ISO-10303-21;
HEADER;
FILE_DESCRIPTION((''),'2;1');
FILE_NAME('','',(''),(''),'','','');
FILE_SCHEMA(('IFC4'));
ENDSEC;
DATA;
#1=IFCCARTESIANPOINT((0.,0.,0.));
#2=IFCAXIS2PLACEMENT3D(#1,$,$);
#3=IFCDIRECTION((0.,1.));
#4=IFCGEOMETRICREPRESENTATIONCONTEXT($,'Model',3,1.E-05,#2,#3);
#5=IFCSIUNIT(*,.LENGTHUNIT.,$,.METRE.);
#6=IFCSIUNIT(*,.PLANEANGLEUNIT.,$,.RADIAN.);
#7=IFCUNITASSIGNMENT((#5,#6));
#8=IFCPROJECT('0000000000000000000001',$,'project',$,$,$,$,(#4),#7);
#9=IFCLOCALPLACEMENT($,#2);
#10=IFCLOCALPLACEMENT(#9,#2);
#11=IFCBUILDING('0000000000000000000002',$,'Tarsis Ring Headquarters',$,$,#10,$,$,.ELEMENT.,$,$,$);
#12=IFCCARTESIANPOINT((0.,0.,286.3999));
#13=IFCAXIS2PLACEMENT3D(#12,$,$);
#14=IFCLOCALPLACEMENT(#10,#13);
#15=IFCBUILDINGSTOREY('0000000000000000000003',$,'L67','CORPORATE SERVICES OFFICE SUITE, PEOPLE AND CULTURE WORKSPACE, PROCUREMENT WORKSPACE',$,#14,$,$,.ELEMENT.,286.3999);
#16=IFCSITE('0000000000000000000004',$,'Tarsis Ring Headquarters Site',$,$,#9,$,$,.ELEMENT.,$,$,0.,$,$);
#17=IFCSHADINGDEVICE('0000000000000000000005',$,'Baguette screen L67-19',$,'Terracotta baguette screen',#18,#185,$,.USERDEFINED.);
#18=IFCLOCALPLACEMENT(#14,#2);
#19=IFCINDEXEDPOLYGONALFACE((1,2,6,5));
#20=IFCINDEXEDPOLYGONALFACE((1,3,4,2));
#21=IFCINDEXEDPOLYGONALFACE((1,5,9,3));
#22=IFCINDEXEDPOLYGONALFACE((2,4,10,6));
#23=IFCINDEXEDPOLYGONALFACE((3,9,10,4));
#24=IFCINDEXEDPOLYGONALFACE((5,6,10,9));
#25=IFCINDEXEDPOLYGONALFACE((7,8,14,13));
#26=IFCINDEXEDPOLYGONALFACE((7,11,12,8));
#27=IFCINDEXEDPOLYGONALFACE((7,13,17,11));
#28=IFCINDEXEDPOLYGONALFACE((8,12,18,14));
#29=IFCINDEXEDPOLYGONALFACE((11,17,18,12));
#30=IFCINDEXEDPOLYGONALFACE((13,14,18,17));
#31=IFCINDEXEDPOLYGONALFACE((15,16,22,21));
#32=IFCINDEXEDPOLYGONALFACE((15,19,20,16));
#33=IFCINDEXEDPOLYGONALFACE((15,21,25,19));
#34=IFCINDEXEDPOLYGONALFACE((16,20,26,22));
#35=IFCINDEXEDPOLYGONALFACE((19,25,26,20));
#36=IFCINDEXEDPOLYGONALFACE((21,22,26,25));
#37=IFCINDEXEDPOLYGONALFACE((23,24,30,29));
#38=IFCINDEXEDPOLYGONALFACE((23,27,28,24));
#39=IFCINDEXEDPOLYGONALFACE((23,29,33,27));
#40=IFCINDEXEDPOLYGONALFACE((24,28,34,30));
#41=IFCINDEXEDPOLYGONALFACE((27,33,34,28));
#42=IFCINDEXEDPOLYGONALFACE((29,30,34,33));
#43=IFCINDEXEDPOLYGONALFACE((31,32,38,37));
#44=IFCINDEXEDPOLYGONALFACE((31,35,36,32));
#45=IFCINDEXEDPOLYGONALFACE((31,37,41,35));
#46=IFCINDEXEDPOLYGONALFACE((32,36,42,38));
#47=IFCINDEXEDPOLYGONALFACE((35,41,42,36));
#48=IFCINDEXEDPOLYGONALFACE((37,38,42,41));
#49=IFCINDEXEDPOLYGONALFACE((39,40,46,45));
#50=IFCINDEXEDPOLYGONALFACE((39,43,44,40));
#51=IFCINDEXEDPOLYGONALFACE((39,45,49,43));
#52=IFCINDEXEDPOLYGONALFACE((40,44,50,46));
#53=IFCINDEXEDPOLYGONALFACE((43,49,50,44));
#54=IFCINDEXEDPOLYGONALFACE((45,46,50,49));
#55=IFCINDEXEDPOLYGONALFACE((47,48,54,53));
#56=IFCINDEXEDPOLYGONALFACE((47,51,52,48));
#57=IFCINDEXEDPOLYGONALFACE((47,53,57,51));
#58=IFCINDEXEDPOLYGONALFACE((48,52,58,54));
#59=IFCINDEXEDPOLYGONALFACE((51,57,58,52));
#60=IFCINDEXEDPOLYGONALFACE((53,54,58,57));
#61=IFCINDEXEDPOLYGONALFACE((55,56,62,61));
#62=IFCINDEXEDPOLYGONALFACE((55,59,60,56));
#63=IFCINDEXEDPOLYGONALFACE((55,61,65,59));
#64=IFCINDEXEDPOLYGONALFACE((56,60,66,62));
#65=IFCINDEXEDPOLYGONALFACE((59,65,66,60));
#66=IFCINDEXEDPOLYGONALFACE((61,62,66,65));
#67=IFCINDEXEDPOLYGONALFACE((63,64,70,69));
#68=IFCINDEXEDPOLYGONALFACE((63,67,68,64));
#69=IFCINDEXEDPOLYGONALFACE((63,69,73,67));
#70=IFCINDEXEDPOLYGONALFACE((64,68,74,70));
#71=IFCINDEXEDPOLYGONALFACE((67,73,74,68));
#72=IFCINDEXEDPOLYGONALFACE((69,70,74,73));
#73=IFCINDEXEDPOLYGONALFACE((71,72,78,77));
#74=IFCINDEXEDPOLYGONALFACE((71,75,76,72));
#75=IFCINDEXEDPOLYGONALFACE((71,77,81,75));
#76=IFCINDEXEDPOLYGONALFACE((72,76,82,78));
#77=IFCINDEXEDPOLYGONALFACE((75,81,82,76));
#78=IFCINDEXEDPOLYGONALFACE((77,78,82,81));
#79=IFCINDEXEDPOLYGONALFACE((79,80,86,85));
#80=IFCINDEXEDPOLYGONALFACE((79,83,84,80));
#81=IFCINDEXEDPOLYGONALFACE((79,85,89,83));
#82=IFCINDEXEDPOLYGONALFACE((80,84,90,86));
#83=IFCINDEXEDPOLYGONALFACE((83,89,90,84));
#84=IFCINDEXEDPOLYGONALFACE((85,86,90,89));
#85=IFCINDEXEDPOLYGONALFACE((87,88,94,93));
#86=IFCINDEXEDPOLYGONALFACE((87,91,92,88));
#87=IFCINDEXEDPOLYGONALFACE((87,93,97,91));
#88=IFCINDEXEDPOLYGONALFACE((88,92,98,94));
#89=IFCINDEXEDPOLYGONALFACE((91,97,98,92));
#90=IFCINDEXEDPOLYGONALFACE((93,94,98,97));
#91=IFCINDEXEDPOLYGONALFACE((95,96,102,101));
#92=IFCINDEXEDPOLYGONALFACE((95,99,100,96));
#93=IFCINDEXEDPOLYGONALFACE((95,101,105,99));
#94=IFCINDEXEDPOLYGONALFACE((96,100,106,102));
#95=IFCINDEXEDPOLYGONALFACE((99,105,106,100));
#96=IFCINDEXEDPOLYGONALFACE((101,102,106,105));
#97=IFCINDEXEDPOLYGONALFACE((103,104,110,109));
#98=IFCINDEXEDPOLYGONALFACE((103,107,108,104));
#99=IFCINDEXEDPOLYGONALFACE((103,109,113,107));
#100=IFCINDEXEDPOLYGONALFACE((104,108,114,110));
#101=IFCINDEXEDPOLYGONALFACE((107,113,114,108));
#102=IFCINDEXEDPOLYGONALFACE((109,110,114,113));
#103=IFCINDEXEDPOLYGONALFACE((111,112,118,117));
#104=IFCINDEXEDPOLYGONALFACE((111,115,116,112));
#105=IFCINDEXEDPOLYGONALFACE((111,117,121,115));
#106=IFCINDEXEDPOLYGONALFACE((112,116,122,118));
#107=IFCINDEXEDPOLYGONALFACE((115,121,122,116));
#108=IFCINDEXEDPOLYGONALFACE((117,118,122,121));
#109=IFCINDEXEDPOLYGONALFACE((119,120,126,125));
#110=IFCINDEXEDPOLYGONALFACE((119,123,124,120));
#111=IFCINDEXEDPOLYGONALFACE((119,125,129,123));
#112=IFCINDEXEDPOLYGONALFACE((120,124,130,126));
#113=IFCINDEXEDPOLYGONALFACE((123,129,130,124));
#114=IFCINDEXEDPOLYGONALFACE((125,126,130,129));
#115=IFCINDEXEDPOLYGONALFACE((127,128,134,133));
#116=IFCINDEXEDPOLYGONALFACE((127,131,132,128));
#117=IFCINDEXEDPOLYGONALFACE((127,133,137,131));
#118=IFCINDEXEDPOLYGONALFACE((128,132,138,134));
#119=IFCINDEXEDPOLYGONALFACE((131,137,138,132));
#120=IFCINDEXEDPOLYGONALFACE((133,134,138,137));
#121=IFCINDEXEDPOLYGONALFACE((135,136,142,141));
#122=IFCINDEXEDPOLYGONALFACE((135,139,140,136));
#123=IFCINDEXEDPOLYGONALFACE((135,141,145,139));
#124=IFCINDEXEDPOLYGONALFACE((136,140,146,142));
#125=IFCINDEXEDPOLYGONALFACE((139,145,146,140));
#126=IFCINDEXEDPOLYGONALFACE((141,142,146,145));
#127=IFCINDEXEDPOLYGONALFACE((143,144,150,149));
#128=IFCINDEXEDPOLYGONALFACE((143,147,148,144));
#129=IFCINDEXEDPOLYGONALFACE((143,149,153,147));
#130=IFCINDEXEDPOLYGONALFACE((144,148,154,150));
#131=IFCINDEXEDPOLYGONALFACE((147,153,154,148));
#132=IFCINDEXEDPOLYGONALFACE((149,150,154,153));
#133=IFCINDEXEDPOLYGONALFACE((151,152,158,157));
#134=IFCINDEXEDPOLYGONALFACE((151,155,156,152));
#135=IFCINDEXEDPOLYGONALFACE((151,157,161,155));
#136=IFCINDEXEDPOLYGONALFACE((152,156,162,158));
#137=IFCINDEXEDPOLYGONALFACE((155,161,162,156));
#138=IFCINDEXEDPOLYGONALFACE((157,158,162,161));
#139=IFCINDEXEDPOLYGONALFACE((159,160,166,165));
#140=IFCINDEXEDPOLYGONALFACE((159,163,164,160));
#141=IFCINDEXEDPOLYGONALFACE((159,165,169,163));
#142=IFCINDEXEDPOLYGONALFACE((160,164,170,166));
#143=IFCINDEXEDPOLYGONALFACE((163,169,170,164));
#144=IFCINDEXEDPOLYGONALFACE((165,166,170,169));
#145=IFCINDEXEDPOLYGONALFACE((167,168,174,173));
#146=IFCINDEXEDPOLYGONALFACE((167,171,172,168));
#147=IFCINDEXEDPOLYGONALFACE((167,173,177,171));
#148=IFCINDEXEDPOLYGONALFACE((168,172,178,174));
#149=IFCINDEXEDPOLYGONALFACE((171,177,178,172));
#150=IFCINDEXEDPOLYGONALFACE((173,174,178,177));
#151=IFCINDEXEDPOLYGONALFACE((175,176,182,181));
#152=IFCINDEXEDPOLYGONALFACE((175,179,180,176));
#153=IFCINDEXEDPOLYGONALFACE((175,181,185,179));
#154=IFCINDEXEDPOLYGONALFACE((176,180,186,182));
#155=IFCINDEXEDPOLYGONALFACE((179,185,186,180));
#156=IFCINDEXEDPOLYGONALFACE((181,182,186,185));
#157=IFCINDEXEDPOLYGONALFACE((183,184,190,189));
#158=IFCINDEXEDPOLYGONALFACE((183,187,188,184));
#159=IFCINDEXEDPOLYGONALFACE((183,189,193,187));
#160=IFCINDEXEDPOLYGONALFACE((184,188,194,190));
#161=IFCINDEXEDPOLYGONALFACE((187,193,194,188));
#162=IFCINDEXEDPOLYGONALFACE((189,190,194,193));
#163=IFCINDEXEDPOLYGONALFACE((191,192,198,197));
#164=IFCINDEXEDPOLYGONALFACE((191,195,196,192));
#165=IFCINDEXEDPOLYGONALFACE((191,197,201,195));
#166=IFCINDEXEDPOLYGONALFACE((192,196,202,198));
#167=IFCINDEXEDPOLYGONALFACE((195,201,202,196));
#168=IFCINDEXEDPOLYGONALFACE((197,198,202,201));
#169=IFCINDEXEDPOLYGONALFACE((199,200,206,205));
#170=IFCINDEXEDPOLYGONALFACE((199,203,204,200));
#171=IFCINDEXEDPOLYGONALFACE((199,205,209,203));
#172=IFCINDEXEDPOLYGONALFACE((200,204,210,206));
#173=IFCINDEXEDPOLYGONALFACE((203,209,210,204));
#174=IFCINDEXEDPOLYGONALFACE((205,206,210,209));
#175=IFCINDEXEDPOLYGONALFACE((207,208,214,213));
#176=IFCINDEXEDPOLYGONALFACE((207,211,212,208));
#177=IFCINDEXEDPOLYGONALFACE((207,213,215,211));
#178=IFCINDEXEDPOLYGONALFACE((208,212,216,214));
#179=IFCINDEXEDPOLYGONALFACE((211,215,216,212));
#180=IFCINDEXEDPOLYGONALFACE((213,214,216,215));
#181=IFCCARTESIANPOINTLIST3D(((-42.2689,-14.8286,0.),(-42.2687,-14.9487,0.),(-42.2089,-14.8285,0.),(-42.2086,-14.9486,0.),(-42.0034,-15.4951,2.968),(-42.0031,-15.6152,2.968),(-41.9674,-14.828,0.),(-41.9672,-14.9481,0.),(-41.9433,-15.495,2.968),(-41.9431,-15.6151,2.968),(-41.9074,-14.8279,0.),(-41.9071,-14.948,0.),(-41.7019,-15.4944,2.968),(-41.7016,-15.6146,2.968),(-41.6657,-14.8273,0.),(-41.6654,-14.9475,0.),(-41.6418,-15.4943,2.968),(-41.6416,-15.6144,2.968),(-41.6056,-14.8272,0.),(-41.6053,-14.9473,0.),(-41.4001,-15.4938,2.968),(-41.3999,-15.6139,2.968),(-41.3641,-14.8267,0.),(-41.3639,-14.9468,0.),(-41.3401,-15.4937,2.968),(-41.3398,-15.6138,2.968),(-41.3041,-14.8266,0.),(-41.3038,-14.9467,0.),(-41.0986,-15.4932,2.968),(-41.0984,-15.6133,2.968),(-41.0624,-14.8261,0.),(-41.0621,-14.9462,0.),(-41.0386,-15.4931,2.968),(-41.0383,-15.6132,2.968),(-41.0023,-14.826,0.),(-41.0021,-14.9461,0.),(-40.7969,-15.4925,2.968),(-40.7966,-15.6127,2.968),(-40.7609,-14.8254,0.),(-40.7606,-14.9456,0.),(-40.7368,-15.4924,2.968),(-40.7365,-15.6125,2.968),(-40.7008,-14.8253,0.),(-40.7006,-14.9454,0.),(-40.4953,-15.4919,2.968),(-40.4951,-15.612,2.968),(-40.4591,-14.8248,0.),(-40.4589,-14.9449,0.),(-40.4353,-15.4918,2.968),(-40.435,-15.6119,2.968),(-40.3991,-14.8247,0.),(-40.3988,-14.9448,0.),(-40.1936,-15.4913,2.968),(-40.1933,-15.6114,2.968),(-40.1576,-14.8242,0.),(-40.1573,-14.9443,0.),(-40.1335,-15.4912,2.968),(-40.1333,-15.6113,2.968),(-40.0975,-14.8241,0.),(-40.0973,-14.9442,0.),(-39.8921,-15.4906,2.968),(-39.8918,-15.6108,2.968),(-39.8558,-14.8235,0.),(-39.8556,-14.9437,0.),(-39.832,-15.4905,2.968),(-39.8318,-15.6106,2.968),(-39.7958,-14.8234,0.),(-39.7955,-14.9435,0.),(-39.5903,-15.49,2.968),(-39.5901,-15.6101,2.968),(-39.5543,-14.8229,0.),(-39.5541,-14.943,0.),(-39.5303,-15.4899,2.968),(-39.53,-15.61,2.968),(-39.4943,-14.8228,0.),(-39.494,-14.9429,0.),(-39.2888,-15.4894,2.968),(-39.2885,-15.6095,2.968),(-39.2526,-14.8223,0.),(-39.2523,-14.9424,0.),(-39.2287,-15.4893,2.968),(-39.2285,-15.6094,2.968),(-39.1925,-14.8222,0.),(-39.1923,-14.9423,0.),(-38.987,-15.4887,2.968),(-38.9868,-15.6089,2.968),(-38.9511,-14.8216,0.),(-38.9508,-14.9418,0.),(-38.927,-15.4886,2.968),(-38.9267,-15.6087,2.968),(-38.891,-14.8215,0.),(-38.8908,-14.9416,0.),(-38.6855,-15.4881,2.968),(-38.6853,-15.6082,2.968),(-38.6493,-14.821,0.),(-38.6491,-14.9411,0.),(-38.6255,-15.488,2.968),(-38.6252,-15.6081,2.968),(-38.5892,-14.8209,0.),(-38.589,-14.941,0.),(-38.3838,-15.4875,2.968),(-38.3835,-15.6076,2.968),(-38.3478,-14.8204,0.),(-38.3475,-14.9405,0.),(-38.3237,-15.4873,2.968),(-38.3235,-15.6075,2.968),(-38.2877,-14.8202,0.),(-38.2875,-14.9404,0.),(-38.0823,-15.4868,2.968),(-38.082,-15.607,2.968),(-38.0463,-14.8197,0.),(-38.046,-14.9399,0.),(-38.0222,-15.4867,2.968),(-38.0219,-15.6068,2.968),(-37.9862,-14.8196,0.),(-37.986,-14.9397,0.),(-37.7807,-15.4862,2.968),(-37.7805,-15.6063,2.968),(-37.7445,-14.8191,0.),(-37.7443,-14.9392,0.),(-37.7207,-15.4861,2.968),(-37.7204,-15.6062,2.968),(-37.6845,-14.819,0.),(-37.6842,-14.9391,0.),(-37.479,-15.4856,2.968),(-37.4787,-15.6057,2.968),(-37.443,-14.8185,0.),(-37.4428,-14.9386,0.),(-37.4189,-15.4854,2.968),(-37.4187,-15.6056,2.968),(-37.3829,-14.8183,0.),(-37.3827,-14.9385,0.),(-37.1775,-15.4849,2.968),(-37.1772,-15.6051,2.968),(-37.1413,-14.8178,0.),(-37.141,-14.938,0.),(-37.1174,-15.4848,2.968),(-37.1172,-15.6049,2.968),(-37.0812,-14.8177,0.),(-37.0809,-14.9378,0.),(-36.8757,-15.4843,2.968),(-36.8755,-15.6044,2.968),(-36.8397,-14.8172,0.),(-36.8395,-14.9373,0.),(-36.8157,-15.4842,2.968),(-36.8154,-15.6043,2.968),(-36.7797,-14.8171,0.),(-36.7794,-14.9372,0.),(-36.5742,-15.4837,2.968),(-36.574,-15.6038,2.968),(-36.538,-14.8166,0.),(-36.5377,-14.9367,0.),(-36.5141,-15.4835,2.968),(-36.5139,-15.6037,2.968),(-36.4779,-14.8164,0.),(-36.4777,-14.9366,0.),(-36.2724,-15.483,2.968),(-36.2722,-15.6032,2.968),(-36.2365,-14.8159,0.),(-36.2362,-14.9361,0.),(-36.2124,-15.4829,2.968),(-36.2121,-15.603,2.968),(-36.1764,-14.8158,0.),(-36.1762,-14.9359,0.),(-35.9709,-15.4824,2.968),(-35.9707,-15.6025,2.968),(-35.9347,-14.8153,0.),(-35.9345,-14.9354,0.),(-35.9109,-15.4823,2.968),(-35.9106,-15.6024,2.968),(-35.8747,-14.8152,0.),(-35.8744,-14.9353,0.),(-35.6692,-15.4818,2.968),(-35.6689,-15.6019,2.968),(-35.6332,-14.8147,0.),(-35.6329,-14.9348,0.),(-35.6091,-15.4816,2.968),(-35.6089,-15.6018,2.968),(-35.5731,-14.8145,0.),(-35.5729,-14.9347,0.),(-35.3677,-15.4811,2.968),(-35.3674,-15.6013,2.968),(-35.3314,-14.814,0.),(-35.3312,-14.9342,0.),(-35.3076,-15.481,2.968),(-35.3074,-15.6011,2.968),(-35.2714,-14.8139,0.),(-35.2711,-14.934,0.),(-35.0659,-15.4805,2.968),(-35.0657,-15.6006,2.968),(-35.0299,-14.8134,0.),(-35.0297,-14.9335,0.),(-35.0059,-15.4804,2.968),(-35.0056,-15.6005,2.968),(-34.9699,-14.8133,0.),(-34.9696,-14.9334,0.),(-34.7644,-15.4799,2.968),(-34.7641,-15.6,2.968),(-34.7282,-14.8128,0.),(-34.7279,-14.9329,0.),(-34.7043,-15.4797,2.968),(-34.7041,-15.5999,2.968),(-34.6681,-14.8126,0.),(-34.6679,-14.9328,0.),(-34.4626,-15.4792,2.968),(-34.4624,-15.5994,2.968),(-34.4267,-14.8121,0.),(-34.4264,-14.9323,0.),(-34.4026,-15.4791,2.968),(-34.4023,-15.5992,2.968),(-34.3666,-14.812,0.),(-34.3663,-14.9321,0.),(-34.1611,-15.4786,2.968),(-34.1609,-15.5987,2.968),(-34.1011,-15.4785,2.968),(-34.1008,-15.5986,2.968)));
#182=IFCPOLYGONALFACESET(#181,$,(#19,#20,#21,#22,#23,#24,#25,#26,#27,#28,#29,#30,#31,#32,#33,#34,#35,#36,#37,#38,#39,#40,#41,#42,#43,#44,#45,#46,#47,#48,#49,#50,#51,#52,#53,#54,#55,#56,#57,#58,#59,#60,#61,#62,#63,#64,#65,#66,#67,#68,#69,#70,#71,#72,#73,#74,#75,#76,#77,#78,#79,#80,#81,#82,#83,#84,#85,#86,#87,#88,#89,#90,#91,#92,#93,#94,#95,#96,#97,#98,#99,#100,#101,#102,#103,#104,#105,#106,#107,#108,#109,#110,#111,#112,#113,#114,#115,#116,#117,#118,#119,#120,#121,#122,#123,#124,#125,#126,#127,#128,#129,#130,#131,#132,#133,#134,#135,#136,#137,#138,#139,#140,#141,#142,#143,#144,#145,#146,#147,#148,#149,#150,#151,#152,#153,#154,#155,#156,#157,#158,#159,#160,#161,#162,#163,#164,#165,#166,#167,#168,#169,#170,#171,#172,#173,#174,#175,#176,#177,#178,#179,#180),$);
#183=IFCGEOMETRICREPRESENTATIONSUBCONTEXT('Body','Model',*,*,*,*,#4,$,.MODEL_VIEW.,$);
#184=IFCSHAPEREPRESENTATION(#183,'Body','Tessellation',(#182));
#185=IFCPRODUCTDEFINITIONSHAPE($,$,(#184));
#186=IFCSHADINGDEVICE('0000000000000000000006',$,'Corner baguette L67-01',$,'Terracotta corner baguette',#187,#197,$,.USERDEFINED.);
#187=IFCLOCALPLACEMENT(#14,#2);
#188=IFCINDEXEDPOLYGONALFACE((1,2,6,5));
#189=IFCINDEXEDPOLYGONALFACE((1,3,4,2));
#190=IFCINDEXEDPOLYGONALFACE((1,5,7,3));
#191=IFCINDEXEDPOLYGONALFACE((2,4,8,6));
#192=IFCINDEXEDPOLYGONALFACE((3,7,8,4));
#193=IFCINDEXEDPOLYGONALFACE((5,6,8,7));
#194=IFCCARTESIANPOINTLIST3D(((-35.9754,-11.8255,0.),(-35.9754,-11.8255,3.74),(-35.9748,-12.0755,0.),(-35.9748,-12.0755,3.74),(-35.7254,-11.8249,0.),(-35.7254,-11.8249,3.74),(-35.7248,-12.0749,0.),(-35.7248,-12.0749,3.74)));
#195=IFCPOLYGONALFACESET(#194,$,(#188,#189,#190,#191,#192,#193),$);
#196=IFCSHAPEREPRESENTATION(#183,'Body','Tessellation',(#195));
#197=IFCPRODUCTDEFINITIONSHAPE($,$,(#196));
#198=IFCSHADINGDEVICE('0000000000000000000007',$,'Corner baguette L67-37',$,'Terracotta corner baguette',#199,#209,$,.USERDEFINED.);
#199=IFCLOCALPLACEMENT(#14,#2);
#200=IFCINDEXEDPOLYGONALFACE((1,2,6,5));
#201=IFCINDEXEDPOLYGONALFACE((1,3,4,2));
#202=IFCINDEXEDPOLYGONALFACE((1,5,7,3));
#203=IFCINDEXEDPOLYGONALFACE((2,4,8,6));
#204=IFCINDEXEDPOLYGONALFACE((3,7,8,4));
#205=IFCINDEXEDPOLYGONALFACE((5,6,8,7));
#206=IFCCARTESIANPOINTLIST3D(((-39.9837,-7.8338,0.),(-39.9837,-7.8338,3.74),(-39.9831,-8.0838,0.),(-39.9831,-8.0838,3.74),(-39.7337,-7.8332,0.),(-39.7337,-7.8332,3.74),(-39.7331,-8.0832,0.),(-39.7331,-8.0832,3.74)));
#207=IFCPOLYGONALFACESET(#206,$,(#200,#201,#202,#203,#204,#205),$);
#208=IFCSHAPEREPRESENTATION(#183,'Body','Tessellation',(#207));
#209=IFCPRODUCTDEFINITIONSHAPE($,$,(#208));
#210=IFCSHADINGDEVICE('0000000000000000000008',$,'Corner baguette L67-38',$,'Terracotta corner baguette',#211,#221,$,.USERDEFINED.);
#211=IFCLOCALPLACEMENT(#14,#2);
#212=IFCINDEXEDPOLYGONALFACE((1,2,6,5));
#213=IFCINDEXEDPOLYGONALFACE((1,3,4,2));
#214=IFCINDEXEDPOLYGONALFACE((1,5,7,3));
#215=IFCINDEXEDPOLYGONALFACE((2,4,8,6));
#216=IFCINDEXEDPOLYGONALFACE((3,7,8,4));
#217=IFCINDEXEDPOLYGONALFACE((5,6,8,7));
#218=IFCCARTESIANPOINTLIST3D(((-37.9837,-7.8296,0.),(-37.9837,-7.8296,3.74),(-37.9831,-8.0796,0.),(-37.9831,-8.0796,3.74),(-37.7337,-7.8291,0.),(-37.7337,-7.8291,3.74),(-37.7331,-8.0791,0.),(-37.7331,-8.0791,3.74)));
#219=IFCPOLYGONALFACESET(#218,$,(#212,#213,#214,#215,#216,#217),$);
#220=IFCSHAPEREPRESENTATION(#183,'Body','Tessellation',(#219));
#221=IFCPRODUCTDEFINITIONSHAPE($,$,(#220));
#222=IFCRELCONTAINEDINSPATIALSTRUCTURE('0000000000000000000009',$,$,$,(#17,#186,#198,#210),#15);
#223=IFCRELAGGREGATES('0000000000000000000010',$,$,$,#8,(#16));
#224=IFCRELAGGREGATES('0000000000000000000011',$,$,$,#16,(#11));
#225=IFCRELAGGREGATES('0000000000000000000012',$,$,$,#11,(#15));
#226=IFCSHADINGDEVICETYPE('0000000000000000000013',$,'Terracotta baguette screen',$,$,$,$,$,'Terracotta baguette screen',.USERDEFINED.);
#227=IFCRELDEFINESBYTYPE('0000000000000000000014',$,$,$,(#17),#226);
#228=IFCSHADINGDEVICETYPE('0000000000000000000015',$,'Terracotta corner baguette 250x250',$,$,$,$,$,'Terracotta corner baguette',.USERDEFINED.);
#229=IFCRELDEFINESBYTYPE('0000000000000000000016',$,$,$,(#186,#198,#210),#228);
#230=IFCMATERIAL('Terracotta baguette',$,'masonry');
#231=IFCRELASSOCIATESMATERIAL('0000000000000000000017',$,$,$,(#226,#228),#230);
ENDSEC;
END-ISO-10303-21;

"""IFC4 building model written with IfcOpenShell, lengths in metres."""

from ifc_helpers import new_model, si_unit, direction, frame, frame_2d, origin, origin_2d, place, context, subcontext, project, spatial, rectangle, composite_profile, extrude, material, type_object, element, save


model = new_model("IFC4")

# Units and contexts
model_context = context("Model", 3, precision=1e-05, world=origin(), true_north=direction((0.0, 1.0)))
body_context = subcontext(model_context, "Body", "Model", "MODEL_VIEW")
ifc_project = project(units=[si_unit("LENGTHUNIT", "METRE"), si_unit("PLANEANGLEUNIT", "RADIAN")], contexts=[model_context])

# Site, building, storey
site_placement = place(None, origin())
site = spatial("IfcSite", under=ifc_project, at=site_placement, Name="Tarsis Ring Headquarters Site", CompositionType="ELEMENT", RefElevation=0.0)
building_placement = place(site_placement, origin())
building = spatial("IfcBuilding", under=site, at=building_placement, Name="Tarsis Ring Headquarters", CompositionType="ELEMENT")
storey_placement = place(building_placement, frame((0.0, 0.0, 286.3999)))
storey = spatial("IfcBuildingStorey", under=building, at=storey_placement, Name="L67", Description="CORPORATE SERVICES OFFICE SUITE, PEOPLE AND CULTURE WORKSPACE, PROCUREMENT WORKSPACE", CompositionType="ELEMENT", Elevation=286.3999)

# Shading devices
ifc_material_1 = material(Name="Terracotta baguette", Category="masonry")
shading_device_type_1 = type_object("IfcShadingDeviceType", Name="Terracotta baguette screen", ElementType="Terracotta baguette screen", PredefinedType="USERDEFINED", material=ifc_material_1)
shading_device_placement = place(storey_placement, frame((-42.2688, -14.8887, 0.0), z_axis=(0.0, 0.0, 1.0), x_axis=(1.0, 0.002101, 0.0)))
element("IfcShadingDevice", 1, at=shading_device_placement, inside=storey, type_object=shading_device_type_1, Name="Baguette screen L67-19", ObjectType="Terracotta baguette screen", PredefinedType="USERDEFINED", context=body_context, shape_type="SweptSolid", body=[
    extrude(composite_profile([rectangle(XDim=0.0601, YDim=0.1201, at=frame_2d((0.03, 0.0))), rectangle(XDim=0.0601, YDim=0.1201, at=frame_2d((0.3315, 0.0))), rectangle(XDim=0.0601, YDim=0.1201, at=frame_2d((0.6333, 0.0))), rectangle(XDim=0.0601, YDim=0.1201, at=frame_2d((0.9348, 0.0))), rectangle(XDim=0.0601, YDim=0.1201, at=frame_2d((1.2366, 0.0))), rectangle(XDim=0.0601, YDim=0.1201, at=frame_2d((1.5381, 0.0))), rectangle(XDim=0.0601, YDim=0.1201, at=frame_2d((1.8398, 0.0))), rectangle(XDim=0.0601, YDim=0.1201, at=frame_2d((2.1414, 0.0))), rectangle(XDim=0.0601, YDim=0.1201, at=frame_2d((2.4431, 0.0))), rectangle(XDim=0.0601, YDim=0.1201, at=frame_2d((2.7446, 0.0))), rectangle(XDim=0.0601, YDim=0.1201, at=frame_2d((3.0464, 0.0))), rectangle(XDim=0.0601, YDim=0.1201, at=frame_2d((3.3479, 0.0))), rectangle(XDim=0.0601, YDim=0.1201, at=frame_2d((3.6497, 0.0))), rectangle(XDim=0.0601, YDim=0.1201, at=frame_2d((3.9512, 0.0))), rectangle(XDim=0.0601, YDim=0.1201, at=frame_2d((4.2527, 0.0))), rectangle(XDim=0.0601, YDim=0.1201, at=frame_2d((4.5544, 0.0))), rectangle(XDim=0.0601, YDim=0.1201, at=frame_2d((4.856, 0.0))), rectangle(XDim=0.0601, YDim=0.1201, at=frame_2d((5.1577, 0.0))), rectangle(XDim=0.0601, YDim=0.1201, at=frame_2d((5.4592, 0.0))), rectangle(XDim=0.0601, YDim=0.1201, at=frame_2d((5.761, 0.0))), rectangle(XDim=0.0601, YDim=0.1201, at=frame_2d((6.0625, 0.0))), rectangle(XDim=0.0601, YDim=0.1201, at=frame_2d((6.3643, 0.0))), rectangle(XDim=0.0601, YDim=0.1201, at=frame_2d((6.6658, 0.0))), rectangle(XDim=0.0601, YDim=0.1201, at=frame_2d((6.9675, 0.0))), rectangle(XDim=0.0601, YDim=0.1201, at=frame_2d((7.269, 0.0))), rectangle(XDim=0.0601, YDim=0.1201, at=frame_2d((7.5708, 0.0))), rectangle(XDim=0.0601, YDim=0.1201, at=frame_2d((7.8723, 0.0)))]), origin(), (0.086502, -0.218448, 0.972007), 3.0535),
])
shading_device_type_2 = type_object("IfcShadingDeviceType", Name="Terracotta corner baguette 250x250", ElementType="Terracotta corner baguette", PredefinedType="USERDEFINED", material=ifc_material_1)
for number, where, z_axis, x_axis, name in (
    (2, (-35.8501, -11.9502, 0.0), (0.0, 0.0, 1.0), (0.002094, -0.999998, 0.0), "Corner baguette L67-01"),
    (3, (-39.8584, -7.9585, 0.0), (0.0, 0.0, 1.0), (0.002094, -0.999998, 0.0), "Corner baguette L67-37"),
    (4, (-37.8584, -7.9543, 0.0), (0.0, 0.0, 1.0), (0.999998, 0.002094, 0.0), "Corner baguette L67-38"),
):
    element("IfcShadingDevice", number, at=place(storey_placement, frame(where, z_axis=z_axis, x_axis=x_axis)), inside=storey, type_object=shading_device_type_2, Name=name, ObjectType="Terracotta corner baguette", PredefinedType="USERDEFINED", context=body_context, shape_type="SweptSolid", body=[
        extrude(rectangle(XDim=0.25, YDim=0.25, at=origin_2d()), origin(), (0.0, 0.0, 1.0), 3.74),
    ])

save(model, "model.ifc")
